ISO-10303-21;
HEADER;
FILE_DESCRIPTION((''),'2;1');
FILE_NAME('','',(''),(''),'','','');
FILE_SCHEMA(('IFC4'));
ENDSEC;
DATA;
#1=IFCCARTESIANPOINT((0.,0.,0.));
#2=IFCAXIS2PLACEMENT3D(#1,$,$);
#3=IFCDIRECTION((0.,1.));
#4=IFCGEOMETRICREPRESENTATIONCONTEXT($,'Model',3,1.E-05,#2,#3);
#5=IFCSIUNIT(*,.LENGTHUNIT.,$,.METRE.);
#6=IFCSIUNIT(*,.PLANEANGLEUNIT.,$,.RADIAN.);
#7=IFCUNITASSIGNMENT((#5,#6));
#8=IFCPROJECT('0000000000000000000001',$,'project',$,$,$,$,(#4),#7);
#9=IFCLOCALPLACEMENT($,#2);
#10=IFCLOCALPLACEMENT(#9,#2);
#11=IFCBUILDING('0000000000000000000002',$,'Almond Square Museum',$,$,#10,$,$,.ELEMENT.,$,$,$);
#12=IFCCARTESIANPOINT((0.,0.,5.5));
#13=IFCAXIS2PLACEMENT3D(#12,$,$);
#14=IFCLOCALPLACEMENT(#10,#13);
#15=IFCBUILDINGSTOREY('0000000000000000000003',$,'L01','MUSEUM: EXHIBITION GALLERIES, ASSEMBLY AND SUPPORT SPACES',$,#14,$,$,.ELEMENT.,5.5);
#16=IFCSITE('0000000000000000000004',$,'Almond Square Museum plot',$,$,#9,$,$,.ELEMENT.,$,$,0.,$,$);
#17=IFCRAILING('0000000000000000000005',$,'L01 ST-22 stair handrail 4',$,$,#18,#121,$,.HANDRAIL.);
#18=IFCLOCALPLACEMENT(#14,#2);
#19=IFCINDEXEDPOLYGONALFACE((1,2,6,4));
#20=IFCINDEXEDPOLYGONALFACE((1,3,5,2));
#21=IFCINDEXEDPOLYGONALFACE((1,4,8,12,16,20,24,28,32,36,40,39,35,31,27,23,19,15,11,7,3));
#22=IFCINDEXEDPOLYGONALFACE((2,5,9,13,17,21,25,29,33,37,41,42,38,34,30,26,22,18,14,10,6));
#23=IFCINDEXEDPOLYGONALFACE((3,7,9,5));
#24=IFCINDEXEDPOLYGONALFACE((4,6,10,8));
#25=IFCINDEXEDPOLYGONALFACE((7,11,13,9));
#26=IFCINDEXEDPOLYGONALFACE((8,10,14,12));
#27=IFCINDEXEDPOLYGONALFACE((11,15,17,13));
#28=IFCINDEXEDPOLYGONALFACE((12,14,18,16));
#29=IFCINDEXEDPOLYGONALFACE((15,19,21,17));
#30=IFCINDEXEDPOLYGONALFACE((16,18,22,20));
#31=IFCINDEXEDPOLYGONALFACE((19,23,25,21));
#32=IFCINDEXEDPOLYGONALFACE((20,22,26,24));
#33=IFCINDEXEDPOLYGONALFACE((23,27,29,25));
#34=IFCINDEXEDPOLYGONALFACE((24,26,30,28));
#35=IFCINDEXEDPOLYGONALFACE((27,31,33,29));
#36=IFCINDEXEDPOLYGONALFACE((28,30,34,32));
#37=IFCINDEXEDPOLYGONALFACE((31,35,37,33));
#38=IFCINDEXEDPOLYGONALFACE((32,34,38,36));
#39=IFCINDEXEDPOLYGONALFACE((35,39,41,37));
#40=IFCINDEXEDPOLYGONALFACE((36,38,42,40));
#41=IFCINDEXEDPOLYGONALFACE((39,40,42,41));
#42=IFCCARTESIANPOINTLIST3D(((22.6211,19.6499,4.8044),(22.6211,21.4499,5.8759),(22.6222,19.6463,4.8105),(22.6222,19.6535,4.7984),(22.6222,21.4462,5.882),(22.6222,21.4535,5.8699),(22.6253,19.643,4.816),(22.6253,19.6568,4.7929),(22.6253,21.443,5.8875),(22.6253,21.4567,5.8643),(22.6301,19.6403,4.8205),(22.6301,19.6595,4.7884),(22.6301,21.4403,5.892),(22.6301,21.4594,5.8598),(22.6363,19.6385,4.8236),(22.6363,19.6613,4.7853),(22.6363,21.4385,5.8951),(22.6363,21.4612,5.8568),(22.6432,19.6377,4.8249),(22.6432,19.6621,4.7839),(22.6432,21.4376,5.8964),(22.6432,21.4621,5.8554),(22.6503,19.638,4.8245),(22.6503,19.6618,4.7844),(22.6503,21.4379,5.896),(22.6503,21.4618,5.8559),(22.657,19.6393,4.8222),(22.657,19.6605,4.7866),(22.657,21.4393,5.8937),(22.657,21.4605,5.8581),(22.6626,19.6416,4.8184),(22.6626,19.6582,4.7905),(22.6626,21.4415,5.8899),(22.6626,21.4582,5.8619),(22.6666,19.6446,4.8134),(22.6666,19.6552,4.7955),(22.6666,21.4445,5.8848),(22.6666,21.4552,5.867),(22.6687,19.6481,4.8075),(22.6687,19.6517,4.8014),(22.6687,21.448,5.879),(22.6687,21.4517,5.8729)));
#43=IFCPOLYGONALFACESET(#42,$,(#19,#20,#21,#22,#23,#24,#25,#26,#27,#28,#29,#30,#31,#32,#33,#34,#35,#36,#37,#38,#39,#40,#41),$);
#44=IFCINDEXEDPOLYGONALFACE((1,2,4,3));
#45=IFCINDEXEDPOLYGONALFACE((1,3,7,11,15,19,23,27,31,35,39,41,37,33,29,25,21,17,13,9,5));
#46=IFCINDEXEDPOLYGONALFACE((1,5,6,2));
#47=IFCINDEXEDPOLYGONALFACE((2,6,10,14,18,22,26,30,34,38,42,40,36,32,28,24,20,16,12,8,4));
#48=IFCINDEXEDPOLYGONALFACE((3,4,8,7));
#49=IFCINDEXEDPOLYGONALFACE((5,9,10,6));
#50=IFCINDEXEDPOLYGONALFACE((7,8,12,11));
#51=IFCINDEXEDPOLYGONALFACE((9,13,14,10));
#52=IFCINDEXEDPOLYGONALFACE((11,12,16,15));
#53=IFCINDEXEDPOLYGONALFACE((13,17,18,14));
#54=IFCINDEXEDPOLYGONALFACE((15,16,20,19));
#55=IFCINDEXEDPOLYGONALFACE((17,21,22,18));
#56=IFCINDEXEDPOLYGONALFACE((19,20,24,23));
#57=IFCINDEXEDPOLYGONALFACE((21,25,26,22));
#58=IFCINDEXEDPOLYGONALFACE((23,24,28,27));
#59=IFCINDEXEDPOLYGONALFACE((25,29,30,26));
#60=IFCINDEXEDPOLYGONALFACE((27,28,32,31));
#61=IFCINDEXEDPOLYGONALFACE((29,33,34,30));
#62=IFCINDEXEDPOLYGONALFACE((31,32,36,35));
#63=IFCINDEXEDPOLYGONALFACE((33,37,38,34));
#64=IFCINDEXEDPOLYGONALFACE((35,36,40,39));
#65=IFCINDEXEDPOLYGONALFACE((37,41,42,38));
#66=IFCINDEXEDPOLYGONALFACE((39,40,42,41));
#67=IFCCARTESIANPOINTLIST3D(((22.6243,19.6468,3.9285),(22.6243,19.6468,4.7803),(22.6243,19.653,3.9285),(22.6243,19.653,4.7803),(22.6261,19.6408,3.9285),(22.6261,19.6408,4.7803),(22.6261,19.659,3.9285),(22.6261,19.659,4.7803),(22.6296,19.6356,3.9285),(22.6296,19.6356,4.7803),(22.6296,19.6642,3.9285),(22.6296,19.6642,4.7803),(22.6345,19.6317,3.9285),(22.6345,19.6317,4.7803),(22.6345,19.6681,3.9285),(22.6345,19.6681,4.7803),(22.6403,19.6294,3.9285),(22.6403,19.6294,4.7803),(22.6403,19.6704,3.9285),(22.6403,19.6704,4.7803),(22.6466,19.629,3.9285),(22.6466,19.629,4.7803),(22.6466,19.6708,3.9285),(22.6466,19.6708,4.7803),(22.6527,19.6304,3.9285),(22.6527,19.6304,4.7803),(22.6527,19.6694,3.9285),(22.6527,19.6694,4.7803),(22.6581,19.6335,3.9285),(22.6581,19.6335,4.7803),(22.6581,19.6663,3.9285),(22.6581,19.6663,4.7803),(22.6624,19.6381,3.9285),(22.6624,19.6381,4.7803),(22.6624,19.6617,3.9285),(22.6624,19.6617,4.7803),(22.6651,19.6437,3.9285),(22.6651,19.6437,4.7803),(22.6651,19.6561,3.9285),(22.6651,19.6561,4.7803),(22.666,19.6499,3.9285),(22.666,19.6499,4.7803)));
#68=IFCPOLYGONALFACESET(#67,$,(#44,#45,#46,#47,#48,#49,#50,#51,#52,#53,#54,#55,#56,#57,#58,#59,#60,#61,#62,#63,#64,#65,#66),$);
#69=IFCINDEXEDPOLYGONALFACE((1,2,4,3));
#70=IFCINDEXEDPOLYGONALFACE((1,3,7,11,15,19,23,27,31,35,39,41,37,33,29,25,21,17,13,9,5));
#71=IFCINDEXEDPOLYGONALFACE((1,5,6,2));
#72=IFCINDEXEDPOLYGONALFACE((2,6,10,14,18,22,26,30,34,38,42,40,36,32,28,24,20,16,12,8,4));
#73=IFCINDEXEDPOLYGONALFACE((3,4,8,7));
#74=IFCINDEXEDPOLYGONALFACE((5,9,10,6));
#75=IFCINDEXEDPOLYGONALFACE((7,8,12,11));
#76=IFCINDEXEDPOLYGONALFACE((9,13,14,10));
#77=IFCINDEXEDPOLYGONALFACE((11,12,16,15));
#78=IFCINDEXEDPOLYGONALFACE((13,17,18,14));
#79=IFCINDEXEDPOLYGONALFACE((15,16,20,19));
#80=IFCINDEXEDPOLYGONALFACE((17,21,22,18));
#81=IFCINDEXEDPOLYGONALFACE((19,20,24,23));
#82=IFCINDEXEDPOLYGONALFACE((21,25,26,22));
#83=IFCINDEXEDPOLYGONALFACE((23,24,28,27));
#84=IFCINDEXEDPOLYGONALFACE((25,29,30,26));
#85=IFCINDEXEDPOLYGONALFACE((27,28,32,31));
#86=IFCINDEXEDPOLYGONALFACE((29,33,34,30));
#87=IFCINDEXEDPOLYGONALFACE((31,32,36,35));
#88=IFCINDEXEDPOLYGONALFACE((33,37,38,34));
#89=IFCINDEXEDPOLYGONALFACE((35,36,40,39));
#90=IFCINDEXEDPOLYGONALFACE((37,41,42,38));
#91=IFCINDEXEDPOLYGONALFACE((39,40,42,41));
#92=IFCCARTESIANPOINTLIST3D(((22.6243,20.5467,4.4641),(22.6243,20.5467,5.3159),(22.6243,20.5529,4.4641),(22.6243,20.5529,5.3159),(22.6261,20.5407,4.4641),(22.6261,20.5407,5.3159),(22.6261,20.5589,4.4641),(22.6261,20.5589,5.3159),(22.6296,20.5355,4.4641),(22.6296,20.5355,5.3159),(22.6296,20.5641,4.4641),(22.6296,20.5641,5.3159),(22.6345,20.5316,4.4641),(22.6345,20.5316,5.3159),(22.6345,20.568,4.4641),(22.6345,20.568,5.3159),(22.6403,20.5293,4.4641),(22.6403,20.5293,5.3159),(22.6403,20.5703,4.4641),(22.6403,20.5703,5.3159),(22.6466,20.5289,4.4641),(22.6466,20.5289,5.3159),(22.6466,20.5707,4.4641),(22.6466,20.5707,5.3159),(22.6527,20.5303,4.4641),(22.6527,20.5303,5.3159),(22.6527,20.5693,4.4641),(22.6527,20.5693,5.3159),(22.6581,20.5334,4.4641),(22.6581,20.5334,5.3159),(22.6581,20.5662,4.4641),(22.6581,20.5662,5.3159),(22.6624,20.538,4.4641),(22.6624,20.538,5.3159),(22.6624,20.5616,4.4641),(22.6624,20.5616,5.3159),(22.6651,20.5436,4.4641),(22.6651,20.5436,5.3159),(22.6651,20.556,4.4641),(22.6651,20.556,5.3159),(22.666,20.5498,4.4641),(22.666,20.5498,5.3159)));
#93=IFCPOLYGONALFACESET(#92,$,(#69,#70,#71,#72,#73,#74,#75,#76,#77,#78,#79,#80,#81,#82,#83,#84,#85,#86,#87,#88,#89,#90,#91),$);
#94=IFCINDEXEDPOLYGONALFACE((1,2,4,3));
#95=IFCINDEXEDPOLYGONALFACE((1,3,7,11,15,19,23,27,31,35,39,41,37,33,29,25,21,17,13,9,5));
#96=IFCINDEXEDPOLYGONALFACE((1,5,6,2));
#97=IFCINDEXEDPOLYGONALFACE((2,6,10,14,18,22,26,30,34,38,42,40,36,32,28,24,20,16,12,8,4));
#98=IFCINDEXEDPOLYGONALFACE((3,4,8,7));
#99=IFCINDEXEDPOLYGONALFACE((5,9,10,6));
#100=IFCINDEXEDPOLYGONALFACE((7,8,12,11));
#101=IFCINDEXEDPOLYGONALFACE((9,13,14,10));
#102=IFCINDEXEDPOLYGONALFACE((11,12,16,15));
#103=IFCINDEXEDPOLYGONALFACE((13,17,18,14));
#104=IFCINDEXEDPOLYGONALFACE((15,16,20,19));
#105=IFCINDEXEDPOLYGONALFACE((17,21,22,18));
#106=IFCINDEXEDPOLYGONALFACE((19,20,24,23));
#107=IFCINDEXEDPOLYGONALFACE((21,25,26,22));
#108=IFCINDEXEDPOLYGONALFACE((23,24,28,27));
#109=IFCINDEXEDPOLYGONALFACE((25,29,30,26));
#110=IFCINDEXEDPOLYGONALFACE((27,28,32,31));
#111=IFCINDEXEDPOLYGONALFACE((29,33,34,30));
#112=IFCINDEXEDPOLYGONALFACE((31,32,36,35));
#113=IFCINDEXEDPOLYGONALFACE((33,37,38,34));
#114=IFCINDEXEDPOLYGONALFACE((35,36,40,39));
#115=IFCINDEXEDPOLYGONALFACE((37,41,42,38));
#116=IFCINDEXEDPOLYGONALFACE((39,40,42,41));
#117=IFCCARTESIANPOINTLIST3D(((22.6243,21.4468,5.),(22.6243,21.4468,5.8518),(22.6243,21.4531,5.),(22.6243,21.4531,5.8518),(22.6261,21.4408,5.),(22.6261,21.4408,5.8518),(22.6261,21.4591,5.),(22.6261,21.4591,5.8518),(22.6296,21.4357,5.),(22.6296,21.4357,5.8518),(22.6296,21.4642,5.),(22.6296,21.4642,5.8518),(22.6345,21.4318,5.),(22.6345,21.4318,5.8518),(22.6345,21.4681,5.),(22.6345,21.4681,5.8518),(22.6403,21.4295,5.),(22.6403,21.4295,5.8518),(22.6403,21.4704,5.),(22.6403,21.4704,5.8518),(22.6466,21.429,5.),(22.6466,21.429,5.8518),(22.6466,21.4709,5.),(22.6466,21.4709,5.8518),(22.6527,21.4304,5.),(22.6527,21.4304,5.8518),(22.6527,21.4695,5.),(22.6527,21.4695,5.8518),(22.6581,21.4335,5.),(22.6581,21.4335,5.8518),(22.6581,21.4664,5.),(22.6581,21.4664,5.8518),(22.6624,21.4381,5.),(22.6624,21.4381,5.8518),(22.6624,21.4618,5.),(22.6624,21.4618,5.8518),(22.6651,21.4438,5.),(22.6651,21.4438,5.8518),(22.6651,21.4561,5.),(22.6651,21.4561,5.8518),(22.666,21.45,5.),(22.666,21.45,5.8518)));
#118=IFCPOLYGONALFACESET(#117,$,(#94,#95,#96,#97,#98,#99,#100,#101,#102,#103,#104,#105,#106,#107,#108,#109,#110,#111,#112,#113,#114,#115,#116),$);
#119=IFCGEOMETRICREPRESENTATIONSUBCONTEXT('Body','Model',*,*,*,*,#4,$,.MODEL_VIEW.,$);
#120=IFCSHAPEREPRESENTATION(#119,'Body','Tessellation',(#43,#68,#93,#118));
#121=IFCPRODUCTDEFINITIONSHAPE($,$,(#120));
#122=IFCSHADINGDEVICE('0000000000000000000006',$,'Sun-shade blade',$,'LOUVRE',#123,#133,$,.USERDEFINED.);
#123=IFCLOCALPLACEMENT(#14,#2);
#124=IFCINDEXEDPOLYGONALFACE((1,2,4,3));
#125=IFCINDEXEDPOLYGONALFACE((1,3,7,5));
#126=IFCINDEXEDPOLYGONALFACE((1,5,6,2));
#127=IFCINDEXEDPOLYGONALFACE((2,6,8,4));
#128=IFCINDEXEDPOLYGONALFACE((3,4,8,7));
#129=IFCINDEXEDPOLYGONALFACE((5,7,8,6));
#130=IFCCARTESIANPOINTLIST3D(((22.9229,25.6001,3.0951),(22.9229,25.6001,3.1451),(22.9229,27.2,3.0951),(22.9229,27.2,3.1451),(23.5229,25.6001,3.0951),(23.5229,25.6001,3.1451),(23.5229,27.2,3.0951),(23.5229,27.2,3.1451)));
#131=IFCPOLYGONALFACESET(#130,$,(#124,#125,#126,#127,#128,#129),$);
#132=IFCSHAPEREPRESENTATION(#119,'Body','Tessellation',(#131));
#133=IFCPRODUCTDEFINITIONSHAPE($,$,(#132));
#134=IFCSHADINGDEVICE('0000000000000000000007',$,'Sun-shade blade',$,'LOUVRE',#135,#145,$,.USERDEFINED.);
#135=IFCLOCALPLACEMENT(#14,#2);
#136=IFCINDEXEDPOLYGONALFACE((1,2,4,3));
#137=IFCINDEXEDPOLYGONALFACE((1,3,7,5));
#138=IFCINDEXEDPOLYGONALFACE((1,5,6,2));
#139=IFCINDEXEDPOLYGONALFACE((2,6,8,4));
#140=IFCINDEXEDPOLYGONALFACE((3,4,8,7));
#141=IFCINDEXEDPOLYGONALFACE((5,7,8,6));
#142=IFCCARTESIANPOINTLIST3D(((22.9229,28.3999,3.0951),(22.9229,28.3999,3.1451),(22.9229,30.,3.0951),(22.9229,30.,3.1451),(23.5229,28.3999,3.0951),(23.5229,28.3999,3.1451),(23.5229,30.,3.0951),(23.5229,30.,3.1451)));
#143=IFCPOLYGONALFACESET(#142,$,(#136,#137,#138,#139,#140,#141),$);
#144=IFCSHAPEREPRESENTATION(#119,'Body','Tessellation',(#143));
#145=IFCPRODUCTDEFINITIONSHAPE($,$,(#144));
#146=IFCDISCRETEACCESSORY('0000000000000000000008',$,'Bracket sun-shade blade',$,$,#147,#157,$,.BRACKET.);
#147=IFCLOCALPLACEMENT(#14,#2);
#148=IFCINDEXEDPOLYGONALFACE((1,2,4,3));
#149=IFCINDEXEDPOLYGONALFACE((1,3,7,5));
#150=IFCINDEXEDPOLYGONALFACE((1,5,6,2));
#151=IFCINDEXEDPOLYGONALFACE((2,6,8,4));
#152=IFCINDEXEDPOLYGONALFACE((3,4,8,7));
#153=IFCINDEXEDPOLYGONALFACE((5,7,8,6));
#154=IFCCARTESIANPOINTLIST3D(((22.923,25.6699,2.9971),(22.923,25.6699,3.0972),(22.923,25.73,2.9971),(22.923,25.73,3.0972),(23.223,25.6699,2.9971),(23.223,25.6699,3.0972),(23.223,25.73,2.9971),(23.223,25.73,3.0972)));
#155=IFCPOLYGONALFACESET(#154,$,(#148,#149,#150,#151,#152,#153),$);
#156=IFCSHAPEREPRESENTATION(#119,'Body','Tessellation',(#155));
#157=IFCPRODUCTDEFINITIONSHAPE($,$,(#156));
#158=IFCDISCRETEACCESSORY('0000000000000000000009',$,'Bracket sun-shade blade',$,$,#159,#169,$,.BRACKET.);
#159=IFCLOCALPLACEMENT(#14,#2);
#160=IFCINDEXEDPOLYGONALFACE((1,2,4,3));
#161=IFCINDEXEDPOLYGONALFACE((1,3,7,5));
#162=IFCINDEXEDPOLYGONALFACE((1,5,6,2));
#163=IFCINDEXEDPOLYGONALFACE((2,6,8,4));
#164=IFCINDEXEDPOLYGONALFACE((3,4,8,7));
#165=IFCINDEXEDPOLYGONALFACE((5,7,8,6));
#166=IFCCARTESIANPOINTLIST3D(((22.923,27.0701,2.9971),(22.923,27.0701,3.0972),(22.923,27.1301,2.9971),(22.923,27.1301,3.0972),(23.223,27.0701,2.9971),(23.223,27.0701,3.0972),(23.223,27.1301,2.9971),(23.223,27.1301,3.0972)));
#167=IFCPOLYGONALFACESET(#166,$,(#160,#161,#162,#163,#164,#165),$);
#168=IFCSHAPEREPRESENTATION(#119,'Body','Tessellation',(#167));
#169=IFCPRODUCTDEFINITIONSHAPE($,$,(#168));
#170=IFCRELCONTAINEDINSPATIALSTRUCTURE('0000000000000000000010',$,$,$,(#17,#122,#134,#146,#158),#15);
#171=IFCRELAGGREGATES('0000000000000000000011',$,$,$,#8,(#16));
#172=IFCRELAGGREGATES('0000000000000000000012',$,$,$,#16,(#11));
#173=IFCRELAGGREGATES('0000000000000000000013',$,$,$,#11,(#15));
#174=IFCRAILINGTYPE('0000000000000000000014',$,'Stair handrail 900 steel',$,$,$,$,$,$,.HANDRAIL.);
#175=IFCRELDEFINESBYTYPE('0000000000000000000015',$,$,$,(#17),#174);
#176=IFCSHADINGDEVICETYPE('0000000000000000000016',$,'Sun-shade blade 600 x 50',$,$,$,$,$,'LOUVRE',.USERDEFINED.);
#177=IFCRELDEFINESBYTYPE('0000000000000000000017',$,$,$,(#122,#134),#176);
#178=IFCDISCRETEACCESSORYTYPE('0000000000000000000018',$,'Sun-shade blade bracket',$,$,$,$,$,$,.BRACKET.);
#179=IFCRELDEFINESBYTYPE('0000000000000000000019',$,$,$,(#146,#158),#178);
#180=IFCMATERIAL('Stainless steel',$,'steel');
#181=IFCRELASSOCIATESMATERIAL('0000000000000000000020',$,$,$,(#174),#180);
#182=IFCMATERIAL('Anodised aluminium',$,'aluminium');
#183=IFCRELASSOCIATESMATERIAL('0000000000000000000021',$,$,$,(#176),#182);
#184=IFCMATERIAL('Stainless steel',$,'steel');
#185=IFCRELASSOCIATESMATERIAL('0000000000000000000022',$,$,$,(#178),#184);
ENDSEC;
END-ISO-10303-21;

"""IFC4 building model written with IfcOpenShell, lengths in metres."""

from ifc_helpers import new_model, si_unit, direction, frame, origin, origin_2d, place, context, subcontext, project, spatial, rectangle, circle, extrude, material, material_profile, profile_set, type_object, element, save


model = new_model("IFC4")

# Units and contexts
model_context = context("Model", 3, precision=1e-05, world=origin(), true_north=direction((0.0, 1.0)))
body_context = subcontext(model_context, "Body", "Model", "MODEL_VIEW")
ifc_project = project(units=[si_unit("LENGTHUNIT", "METRE"), si_unit("PLANEANGLEUNIT", "RADIAN")], contexts=[model_context])

# Site, building, storey
site_placement = place(None, origin())
site = spatial("IfcSite", under=ifc_project, at=site_placement, Name="Almond Square Museum plot", CompositionType="ELEMENT", RefElevation=0.0)
building_placement = place(site_placement, origin())
building = spatial("IfcBuilding", under=site, at=building_placement, Name="Almond Square Museum", CompositionType="ELEMENT")
storey_placement = place(building_placement, frame((0.0, 0.0, 5.5)))
storey = spatial("IfcBuildingStorey", under=building, at=storey_placement, Name="L01", Description="MUSEUM: EXHIBITION GALLERIES, ASSEMBLY AND SUPPORT SPACES", CompositionType="ELEMENT", Elevation=5.5)

# Railing
ifc_material_1 = material(Name="Stainless steel", Category="steel")
railing_type = type_object("IfcRailingType", Name="Stair handrail 900 steel", PredefinedType="HANDRAIL", material=ifc_material_1)
for number, where, name in (
    (1, (22.645, 19.6499, 3.9285), "L01 ST-22 stair handrail 4"),
):
    element("IfcRailing", number, at=place(storey_placement, frame(where)), inside=storey, type_object=railing_type, Name=name, PredefinedType="HANDRAIL", context=body_context, shape_type="SweptSolid", body=[
        extrude(circle(Radius=0.0239, at=origin_2d()), frame((0.0, 0.0, 0.876), z_axis=(0.0, 0.859277, 0.51151), x_axis=(-1.0, 0.0, 0.0)), (0.0, 0.0, 1.0), 2.0947),
        extrude(circle(Radius=0.021, at=origin_2d()), origin(), (0.0, 0.0, 1.0), 0.8518),
        extrude(circle(Radius=0.021, at=origin_2d()), frame((0.0, 0.8999, 0.5356)), (0.0, 0.0, 1.0), 0.8518),
        extrude(circle(Radius=0.021, at=origin_2d()), frame((0.0, 1.8, 1.0715)), (0.0, 0.0, 1.0), 0.8518),
    ])

# Shading devices
ifc_material_2 = material(Name="Anodised aluminium", Category="aluminium")
ifc_material_profile_1 = material_profile(ifc_material_2, rectangle(XDim=0.6001, YDim=0.05, at=origin_2d()))
ifc_profile_set_1 = profile_set([ifc_material_profile_1], Name="Anodised aluminium")
shading_device_type_1 = type_object("IfcShadingDeviceType", Name="Sun-shade blade 600 x 50", ElementType="LOUVRE", PredefinedType="USERDEFINED", material=ifc_profile_set_1)
shading_device_1_placement = place(storey_placement, frame((23.2229, 25.6001, 3.1201), z_axis=(0.0, 1.0, 0.0), x_axis=(-1.0, 0.0, 0.0)))
element("IfcShadingDevice", 2, at=shading_device_1_placement, inside=storey, type_object=shading_device_type_1, Name="Sun-shade blade", ObjectType="LOUVRE", PredefinedType="USERDEFINED", context=body_context, shape_type="SweptSolid", body=[
    extrude(rectangle(XDim=0.6001, YDim=0.05, at=origin_2d()), origin(), (0.0, 0.0, 1.0), 1.5999),
])
shading_device_2_placement = place(storey_placement, frame((23.2229, 28.3999, 3.1201), z_axis=(0.0, 1.0, 0.0), x_axis=(-1.0, 0.0, 0.0)))
element("IfcShadingDevice", 3, at=shading_device_2_placement, inside=storey, type_object=shading_device_type_1, Name="Sun-shade blade", ObjectType="LOUVRE", PredefinedType="USERDEFINED", context=body_context, shape_type="SweptSolid", body=[
    extrude(rectangle(XDim=0.6001, YDim=0.05, at=origin_2d()), origin(), (0.0, 0.0, 1.0), 1.6001),
])

# Discrete accessories
ifc_material_3 = material(Name="Stainless steel", Category="steel")
discrete_accessory_type = type_object("IfcDiscreteAccessoryType", Name="Sun-shade blade bracket", PredefinedType="BRACKET", material=ifc_material_3)
for number, where, z_axis, x_axis, name in (
    (4, (23.073, 25.7, 2.9971), (0.0, 0.0, 1.0), (1.0, 0.0, 0.0), "Bracket sun-shade blade"),
    (5, (23.073, 27.1001, 2.9971), (0.0, 0.0, 1.0), (1.0, 0.0, 0.0), "Bracket sun-shade blade"),
):
    element("IfcDiscreteAccessory", number, at=place(storey_placement, frame(where, z_axis=z_axis, x_axis=x_axis)), inside=storey, type_object=discrete_accessory_type, Name=name, PredefinedType="BRACKET", context=body_context, shape_type="SweptSolid", body=[
        extrude(rectangle(XDim=0.3, YDim=0.0601, at=origin_2d()), origin(), (0.0, 0.0, 1.0), 0.1001),
    ])

save(model, "model.ifc")
